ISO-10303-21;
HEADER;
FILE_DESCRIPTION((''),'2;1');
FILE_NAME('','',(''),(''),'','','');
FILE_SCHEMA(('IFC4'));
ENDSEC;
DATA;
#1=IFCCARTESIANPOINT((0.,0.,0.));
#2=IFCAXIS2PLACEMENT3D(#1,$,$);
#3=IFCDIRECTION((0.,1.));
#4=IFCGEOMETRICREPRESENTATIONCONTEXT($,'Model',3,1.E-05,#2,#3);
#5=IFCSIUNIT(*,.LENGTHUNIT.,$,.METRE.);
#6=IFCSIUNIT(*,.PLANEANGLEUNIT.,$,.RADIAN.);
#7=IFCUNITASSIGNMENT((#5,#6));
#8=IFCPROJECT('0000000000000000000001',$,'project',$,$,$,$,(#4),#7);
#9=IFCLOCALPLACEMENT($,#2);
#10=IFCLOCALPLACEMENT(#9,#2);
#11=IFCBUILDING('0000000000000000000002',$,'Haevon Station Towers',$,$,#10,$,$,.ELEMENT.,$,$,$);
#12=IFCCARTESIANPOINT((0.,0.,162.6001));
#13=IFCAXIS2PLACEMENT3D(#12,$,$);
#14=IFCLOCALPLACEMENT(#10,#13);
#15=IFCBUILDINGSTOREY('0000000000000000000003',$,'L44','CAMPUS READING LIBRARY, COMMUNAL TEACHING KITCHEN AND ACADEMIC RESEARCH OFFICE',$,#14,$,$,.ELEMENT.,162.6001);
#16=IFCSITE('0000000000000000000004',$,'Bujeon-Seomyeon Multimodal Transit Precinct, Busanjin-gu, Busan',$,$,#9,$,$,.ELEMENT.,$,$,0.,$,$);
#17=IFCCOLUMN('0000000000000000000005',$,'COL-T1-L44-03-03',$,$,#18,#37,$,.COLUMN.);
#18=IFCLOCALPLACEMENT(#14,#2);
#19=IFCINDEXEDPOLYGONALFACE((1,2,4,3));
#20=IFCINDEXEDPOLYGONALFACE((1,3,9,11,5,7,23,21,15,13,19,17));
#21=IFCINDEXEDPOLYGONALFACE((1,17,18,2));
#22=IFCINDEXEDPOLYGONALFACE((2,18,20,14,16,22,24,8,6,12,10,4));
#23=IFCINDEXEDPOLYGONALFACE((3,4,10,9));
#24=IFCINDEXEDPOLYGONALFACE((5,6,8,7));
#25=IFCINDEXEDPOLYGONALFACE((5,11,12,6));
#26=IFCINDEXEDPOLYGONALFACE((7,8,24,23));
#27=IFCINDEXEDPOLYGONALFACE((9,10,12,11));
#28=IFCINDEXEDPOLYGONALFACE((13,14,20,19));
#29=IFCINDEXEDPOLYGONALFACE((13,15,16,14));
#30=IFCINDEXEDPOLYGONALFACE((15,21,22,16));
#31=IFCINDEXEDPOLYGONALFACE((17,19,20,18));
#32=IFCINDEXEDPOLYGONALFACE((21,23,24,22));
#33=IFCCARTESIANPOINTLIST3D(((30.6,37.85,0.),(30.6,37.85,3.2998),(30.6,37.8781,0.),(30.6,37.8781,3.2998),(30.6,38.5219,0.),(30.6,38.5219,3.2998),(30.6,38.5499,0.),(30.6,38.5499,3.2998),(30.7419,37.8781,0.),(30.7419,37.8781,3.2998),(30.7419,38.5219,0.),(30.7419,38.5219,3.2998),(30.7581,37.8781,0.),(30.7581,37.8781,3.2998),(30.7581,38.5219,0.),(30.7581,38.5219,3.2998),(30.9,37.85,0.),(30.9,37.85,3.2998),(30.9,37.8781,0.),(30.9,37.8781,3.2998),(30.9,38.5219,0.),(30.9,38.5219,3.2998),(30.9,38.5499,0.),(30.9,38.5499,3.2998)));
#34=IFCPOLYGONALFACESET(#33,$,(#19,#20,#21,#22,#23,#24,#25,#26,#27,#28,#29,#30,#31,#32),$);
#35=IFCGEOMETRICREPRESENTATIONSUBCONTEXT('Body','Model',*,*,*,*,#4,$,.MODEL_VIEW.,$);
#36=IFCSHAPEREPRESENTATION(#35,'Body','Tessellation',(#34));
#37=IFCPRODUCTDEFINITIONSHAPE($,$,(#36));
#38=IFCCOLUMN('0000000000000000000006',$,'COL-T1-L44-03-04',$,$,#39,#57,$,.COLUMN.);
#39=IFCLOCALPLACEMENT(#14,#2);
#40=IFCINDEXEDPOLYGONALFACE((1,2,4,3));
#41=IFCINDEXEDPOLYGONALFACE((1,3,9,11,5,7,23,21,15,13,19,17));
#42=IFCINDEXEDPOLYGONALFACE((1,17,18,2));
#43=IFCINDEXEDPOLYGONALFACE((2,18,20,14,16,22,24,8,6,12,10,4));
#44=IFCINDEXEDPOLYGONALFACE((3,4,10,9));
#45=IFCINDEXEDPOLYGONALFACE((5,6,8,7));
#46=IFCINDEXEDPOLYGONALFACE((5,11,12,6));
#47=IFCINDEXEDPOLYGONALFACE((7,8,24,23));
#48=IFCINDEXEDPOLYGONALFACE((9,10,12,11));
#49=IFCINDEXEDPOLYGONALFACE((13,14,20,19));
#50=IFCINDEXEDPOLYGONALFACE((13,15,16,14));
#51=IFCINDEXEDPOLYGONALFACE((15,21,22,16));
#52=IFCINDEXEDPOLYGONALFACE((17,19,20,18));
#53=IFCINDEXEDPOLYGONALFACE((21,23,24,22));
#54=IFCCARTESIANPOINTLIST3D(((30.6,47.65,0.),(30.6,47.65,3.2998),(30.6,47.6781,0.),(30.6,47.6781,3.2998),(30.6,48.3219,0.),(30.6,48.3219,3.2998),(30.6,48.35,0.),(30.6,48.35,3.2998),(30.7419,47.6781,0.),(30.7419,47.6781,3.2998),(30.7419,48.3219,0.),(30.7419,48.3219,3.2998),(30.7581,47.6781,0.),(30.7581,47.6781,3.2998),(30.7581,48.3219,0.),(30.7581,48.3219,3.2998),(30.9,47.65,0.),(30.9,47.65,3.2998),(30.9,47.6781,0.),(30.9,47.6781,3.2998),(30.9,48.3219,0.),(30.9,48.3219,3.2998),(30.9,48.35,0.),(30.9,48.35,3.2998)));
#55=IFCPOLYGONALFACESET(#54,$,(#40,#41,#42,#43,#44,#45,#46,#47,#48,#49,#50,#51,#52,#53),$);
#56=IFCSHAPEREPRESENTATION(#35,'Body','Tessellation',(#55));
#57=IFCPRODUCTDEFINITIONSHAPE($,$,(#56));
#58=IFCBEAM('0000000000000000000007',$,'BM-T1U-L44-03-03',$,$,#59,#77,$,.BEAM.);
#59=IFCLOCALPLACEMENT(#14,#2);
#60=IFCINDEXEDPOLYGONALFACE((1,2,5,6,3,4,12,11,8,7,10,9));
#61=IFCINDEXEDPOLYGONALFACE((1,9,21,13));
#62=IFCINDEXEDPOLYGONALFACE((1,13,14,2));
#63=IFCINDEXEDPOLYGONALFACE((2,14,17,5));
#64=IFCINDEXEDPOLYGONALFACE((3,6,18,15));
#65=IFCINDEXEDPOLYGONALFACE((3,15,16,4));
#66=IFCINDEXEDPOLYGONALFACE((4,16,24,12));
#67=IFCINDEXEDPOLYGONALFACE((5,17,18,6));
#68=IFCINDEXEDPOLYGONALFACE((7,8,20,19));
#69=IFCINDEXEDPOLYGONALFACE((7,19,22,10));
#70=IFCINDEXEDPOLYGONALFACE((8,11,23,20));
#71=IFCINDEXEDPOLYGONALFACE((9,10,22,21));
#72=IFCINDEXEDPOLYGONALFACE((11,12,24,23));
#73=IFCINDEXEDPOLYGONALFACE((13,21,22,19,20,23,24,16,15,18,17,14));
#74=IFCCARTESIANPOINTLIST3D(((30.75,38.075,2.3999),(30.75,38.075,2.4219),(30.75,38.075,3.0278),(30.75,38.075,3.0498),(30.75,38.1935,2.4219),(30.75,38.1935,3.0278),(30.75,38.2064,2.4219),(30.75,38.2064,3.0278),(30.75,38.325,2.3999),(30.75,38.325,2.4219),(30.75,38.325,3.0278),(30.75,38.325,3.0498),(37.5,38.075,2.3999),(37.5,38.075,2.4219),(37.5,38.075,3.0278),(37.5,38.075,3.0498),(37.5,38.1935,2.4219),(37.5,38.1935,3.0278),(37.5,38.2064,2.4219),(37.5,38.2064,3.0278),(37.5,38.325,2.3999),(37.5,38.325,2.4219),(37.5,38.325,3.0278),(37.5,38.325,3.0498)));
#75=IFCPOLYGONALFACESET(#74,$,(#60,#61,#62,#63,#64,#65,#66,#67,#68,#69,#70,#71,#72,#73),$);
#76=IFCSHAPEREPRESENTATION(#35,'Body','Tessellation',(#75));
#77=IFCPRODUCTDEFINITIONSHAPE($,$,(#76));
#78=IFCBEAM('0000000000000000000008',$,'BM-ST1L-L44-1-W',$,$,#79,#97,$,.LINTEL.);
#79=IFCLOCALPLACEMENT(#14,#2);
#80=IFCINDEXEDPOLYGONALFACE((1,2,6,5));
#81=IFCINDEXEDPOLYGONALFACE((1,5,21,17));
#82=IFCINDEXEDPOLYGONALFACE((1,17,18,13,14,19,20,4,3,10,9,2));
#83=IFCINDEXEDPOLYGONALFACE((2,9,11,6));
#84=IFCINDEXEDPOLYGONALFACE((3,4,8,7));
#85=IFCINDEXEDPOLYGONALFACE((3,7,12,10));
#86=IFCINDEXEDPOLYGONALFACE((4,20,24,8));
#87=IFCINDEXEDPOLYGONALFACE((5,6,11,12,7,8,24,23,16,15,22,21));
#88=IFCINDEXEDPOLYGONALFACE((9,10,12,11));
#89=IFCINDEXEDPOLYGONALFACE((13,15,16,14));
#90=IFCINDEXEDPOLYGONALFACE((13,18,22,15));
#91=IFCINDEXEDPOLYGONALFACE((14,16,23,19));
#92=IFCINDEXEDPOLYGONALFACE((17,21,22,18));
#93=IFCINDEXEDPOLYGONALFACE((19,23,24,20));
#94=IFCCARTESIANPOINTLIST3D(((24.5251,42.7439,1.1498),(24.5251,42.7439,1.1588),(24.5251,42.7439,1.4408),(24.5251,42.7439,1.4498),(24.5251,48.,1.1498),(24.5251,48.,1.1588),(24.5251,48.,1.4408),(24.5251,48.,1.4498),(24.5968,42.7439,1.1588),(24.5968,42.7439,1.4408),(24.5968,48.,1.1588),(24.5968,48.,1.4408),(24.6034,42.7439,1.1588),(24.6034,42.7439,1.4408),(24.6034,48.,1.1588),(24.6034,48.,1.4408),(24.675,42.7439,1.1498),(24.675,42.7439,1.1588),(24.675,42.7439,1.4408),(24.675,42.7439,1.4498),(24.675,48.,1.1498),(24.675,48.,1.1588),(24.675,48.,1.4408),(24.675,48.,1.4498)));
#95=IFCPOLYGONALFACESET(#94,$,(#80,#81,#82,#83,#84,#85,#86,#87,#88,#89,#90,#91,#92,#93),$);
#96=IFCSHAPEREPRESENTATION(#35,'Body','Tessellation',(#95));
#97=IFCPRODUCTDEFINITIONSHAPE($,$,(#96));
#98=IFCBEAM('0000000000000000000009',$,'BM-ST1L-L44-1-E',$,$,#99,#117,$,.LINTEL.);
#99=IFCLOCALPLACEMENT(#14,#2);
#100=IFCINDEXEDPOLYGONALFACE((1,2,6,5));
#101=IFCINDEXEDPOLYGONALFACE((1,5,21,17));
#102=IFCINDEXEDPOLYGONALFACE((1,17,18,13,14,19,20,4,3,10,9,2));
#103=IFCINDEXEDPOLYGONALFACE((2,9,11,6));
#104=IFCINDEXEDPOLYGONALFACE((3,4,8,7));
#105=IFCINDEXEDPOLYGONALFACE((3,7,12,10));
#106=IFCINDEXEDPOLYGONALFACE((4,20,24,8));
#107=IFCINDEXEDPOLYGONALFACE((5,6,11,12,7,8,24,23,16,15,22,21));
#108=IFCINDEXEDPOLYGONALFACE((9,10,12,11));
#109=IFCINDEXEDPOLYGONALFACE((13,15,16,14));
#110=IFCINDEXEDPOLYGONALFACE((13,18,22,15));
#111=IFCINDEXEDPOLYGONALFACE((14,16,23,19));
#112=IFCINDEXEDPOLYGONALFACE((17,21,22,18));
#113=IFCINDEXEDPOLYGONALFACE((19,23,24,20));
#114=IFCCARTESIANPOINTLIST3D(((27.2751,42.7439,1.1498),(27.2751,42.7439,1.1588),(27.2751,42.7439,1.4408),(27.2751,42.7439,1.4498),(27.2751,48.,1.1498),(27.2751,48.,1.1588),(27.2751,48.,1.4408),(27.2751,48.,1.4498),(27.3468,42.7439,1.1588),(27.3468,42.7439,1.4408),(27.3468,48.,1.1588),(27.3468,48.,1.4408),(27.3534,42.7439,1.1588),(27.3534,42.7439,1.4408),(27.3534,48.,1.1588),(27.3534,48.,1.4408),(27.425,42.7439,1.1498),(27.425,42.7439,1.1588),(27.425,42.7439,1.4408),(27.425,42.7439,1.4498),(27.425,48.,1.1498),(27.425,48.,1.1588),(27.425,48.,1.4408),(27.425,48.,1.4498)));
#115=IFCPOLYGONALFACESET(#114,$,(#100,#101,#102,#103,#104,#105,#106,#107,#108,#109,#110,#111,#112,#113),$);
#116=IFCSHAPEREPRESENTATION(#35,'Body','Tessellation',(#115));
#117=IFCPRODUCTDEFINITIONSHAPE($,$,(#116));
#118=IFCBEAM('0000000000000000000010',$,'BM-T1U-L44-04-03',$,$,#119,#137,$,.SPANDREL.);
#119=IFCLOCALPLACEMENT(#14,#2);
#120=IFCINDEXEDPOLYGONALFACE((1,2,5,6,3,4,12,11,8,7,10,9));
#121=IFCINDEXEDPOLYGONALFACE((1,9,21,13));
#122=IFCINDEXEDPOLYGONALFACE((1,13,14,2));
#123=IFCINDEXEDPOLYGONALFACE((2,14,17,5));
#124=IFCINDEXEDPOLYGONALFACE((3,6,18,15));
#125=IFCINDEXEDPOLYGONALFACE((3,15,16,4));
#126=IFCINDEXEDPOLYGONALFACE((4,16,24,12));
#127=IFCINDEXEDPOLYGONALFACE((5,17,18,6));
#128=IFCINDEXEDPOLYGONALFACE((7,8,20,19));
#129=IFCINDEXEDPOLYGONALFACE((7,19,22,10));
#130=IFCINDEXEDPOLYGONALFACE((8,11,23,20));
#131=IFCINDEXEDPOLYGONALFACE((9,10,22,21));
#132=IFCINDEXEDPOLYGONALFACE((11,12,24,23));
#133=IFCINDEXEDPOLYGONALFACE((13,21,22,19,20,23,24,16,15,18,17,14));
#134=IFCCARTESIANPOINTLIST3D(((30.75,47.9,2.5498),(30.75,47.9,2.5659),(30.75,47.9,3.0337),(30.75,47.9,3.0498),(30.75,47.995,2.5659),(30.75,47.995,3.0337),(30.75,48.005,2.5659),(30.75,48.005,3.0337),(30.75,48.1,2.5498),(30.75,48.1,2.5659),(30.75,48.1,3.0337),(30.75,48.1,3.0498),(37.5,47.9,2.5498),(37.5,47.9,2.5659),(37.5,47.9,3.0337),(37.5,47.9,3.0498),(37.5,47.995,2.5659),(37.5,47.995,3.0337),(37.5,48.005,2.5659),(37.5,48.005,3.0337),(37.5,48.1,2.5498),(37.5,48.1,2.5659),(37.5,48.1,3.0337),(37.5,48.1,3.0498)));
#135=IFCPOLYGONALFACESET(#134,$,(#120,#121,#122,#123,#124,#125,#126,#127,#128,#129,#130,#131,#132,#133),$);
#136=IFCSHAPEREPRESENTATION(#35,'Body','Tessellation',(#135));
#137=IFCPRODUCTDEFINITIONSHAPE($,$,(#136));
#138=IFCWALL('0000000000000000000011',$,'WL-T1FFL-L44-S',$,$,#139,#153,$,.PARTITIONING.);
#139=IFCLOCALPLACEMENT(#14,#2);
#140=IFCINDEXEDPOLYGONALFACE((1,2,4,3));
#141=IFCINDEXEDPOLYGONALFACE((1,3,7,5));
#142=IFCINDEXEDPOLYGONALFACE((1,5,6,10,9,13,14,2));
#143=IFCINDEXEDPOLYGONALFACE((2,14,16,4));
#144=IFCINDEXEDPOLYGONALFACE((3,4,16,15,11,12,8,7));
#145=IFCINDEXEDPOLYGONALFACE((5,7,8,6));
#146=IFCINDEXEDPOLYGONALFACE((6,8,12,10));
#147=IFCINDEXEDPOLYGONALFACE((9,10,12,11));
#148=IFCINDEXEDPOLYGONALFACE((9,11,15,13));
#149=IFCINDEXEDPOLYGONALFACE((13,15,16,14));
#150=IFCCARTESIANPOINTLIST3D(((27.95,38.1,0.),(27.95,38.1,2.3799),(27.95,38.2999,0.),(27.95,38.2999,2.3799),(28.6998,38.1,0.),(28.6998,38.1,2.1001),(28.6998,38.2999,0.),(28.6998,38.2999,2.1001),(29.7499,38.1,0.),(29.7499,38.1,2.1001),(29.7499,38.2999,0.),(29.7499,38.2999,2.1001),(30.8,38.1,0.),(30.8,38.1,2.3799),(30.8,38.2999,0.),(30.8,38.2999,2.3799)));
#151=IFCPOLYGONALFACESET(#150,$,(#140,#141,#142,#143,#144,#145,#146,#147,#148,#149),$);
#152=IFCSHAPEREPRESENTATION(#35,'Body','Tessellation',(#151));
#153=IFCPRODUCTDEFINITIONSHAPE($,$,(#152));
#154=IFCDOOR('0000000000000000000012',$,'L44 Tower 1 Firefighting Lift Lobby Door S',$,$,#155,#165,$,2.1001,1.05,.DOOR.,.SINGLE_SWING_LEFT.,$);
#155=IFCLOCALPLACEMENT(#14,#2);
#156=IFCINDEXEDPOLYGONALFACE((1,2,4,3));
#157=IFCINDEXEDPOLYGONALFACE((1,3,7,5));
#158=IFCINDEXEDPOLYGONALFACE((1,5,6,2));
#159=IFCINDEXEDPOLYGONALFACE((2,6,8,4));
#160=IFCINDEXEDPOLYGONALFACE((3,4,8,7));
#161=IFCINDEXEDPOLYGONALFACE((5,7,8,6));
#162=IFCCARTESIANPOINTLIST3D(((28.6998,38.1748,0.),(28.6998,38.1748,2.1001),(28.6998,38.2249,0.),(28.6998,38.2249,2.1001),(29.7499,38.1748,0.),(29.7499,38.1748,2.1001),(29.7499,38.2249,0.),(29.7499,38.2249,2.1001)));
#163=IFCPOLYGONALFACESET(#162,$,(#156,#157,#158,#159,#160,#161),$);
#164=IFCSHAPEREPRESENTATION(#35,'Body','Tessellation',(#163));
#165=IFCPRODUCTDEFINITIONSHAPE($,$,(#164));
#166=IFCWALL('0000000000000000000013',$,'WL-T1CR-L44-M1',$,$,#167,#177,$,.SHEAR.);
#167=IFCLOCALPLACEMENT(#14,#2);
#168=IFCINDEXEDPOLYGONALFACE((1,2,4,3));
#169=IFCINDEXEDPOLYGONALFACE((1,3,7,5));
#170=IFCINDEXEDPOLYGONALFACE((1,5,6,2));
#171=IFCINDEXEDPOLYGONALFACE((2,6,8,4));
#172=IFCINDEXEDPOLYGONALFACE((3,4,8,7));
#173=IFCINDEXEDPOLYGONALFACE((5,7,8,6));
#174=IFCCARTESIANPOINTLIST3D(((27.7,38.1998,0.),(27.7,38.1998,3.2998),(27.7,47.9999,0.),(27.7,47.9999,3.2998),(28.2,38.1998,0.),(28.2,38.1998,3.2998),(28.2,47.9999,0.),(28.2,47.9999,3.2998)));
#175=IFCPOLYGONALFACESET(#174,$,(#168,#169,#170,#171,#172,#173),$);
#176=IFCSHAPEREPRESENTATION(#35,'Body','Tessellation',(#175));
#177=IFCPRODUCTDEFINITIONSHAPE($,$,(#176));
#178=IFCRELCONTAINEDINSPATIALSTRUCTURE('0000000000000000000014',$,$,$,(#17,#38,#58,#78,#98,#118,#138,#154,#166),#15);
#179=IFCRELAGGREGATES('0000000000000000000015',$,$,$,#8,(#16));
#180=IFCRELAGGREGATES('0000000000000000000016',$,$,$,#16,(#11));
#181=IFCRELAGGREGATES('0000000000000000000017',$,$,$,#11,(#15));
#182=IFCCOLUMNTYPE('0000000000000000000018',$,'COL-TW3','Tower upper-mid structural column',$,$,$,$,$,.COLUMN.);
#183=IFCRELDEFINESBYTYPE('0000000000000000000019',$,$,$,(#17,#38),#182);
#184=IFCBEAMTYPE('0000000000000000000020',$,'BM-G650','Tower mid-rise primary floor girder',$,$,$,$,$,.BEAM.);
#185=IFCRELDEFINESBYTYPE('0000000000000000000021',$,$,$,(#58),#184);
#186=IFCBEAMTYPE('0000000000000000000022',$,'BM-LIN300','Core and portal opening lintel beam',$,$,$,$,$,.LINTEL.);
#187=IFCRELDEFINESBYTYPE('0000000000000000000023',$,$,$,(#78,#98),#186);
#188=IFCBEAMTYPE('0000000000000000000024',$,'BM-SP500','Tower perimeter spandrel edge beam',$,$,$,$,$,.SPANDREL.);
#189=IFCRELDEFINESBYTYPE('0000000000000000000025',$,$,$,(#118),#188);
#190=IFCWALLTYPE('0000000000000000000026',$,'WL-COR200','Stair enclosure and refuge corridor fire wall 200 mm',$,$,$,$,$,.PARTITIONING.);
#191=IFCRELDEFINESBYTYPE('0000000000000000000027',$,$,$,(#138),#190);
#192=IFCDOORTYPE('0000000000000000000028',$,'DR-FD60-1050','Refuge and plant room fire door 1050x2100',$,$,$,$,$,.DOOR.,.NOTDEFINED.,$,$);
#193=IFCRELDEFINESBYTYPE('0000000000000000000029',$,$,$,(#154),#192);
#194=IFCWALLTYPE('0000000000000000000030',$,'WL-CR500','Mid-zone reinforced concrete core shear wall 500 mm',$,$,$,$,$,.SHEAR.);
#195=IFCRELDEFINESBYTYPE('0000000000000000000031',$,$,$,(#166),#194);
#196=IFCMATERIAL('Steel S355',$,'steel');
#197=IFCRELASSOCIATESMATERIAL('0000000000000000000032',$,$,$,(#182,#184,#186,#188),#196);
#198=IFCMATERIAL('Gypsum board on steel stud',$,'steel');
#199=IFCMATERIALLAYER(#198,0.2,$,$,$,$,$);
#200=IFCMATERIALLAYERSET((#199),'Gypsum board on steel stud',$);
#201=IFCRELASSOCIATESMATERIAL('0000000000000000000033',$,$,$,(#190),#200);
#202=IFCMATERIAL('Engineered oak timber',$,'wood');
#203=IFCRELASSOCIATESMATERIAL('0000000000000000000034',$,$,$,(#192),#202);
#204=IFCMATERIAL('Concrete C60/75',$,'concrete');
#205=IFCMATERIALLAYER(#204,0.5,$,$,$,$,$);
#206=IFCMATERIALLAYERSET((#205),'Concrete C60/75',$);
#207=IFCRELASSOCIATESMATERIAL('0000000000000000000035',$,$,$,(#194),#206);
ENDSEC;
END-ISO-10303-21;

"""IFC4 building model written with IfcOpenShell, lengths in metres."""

from ifc_helpers import new_model, si_unit, direction, frame, frame_2d, origin, origin_2d, place, context, subcontext, project, spatial, rectangle, i_section, extrude, material, layer, layer_set, material_profile, profile_set, type_object, element, fill, save


model = new_model("IFC4")

# Units and contexts
model_context = context("Model", 3, precision=1e-05, world=origin(), true_north=direction((0.0, 1.0)))
body_context = subcontext(model_context, "Body", "Model", "MODEL_VIEW")
ifc_project = project(units=[si_unit("LENGTHUNIT", "METRE"), si_unit("PLANEANGLEUNIT", "RADIAN")], contexts=[model_context])

# Site, building, storey
site_placement = place(None, origin())
site = spatial("IfcSite", under=ifc_project, at=site_placement, Name="Bujeon-Seomyeon Multimodal Transit Precinct, Busanjin-gu, Busan", CompositionType="ELEMENT", RefElevation=0.0)
building_placement = place(site_placement, origin())
building = spatial("IfcBuilding", under=site, at=building_placement, Name="Haevon Station Towers", CompositionType="ELEMENT")
storey_placement = place(building_placement, frame((0.0, 0.0, 162.6001)))
storey = spatial("IfcBuildingStorey", under=building, at=storey_placement, Name="L44", Description="CAMPUS READING LIBRARY, COMMUNAL TEACHING KITCHEN AND ACADEMIC RESEARCH OFFICE", CompositionType="ELEMENT", Elevation=162.6001)

# Columns
ifc_material_1 = material(Name="Steel S355", Category="steel")
ifc_material_profile_1 = material_profile(ifc_material_1, i_section(OverallWidth=0.3, OverallDepth=0.7, WebThickness=0.0161, FlangeThickness=0.0281, at=origin_2d()), Name="H-700x300x16x28")
ifc_profile_set_1 = profile_set([ifc_material_profile_1], Name="Steel S355")
column_type = type_object("IfcColumnType", Name="COL-TW3", Description="Tower upper-mid structural column", PredefinedType="COLUMN", material=ifc_profile_set_1)
for number, where, z_axis, x_axis, name in (
    (1, (30.75, 38.2, 0.0), (0.0, 0.0, 1.0), (1.0, 0.0, 0.0), "COL-T1-L44-03-03"),
    (2, (30.75, 48.0, 0.0), (0.0, 0.0, 1.0), (1.0, 0.0, 0.0), "COL-T1-L44-03-04"),
):
    element("IfcColumn", number, at=place(storey_placement, frame(where, z_axis=z_axis, x_axis=x_axis)), inside=storey, type_object=column_type, Name=name, PredefinedType="COLUMN", context=body_context, shape_type="SweptSolid", body=[
        extrude(i_section(OverallWidth=0.3, OverallDepth=0.7, WebThickness=0.0161, FlangeThickness=0.0281, at=origin_2d()), origin(), (0.0, 0.0, 1.0), 3.2998),
    ])

# Beams
ifc_material_profile_2 = material_profile(ifc_material_1, i_section(OverallWidth=0.25, OverallDepth=0.6499, WebThickness=0.0129, FlangeThickness=0.022, at=origin_2d()), Name="H-650x250x13x22")
ifc_profile_set_2 = profile_set([ifc_material_profile_2], Name="Steel S355")
beam_type_1 = type_object("IfcBeamType", Name="BM-G650", Description="Tower mid-rise primary floor girder", PredefinedType="BEAM", material=ifc_profile_set_2)
beam_1_placement = place(storey_placement, frame((30.75, 38.2, 2.7249), z_axis=(1.0, 0.0, 0.0), x_axis=(0.0, 1.0, 0.0)))
element("IfcBeam", 3, at=beam_1_placement, inside=storey, type_object=beam_type_1, Name="BM-T1U-L44-03-03", PredefinedType="BEAM", context=body_context, shape_type="SweptSolid", body=[
    extrude(i_section(OverallWidth=0.25, OverallDepth=0.6499, WebThickness=0.0129, FlangeThickness=0.022, at=origin_2d()), origin(), (0.0, 0.0, 1.0), 6.75),
])
ifc_material_profile_3 = material_profile(ifc_material_1, i_section(OverallWidth=0.1499, OverallDepth=0.3, WebThickness=0.0066, FlangeThickness=0.009, at=origin_2d()), Name="H-300x150x6.5x9")
ifc_profile_set_3 = profile_set([ifc_material_profile_3], Name="Steel S355")
beam_type_2 = type_object("IfcBeamType", Name="BM-LIN300", Description="Core and portal opening lintel beam", PredefinedType="LINTEL", material=ifc_profile_set_3)
for number, where, z_axis, x_axis, name in (
    (4, (24.6001, 42.7439, 1.2998), (0.0, 1.0, 0.0), (-1.0, 0.0, 0.0), "BM-ST1L-L44-1-W"),
    (5, (27.3501, 42.7439, 1.2998), (0.0, 1.0, 0.0), (-1.0, 0.0, 0.0), "BM-ST1L-L44-1-E"),
):
    element("IfcBeam", number, at=place(storey_placement, frame(where, z_axis=z_axis, x_axis=x_axis)), inside=storey, type_object=beam_type_2, Name=name, PredefinedType="LINTEL", context=body_context, shape_type="SweptSolid", body=[
        extrude(i_section(OverallWidth=0.1499, OverallDepth=0.3, WebThickness=0.0066, FlangeThickness=0.009, at=origin_2d()), origin(), (0.0, 0.0, 1.0), 5.2561),
    ])
ifc_material_profile_4 = material_profile(ifc_material_1, i_section(OverallWidth=0.2, OverallDepth=0.5, WebThickness=0.01, FlangeThickness=0.0161, at=origin_2d()), Name="H-500x200x10x16")
ifc_profile_set_4 = profile_set([ifc_material_profile_4], Name="Steel S355")
beam_type_3 = type_object("IfcBeamType", Name="BM-SP500", Description="Tower perimeter spandrel edge beam", PredefinedType="SPANDREL", material=ifc_profile_set_4)
beam_2_placement = place(storey_placement, frame((30.75, 48.0, 2.7998), z_axis=(1.0, 0.0, 0.0), x_axis=(0.0, 1.0, 0.0)))
element("IfcBeam", 6, at=beam_2_placement, inside=storey, type_object=beam_type_3, Name="BM-T1U-L44-04-03", PredefinedType="SPANDREL", context=body_context, shape_type="SweptSolid", body=[
    extrude(i_section(OverallWidth=0.2, OverallDepth=0.5, WebThickness=0.01, FlangeThickness=0.0161, at=origin_2d()), origin(), (0.0, 0.0, 1.0), 6.75),
])

# Wall, opening, door
ifc_material_2 = material(Name="Gypsum board on steel stud", Category="steel")
ifc_layer_1 = layer(ifc_material_2, 0.2)
ifc_layer_set_1 = layer_set([ifc_layer_1], Name="Gypsum board on steel stud")
wall_type_1 = type_object("IfcWallType", Name="WL-COR200", Description="Stair enclosure and refuge corridor fire wall 200 mm", PredefinedType="PARTITIONING", material=ifc_layer_set_1)
wall_1_placement = place(storey_placement, frame((27.95, 38.2, 0.0), z_axis=(0.0, 0.0, 1.0), x_axis=(1.0, 0.0, 0.0)))
wall_1 = element("IfcWall", 7, at=wall_1_placement, inside=storey, type_object=wall_type_1, Name="WL-T1FFL-L44-S", PredefinedType="PARTITIONING", context=body_context, shape_type="SweptSolid", body=[
    extrude(rectangle(XDim=2.8501, YDim=0.2, at=frame_2d((1.425, 0.0))), origin(), (0.0, 0.0, 1.0), 2.3799),
])
opening_1_placement = place(wall_1_placement, frame((0.75, 0.0, 0.0)))
opening_1 = element("IfcOpeningElement", 8, at=opening_1_placement, cuts=wall_1, PredefinedType="OPENING", context=body_context, shape_type="SweptSolid", body=[
    extrude(rectangle(XDim=1.05, YDim=2.1001, at=frame_2d((0.5249, 1.05))), frame((0.0, 0.1099, 0.0), z_axis=(0.0, -1.0, 0.0), x_axis=(1.0, 0.0, 0.0)), (0.0, 0.0, 1.0), 0.22),
])
ifc_material_3 = material(Name="Engineered oak timber", Category="wood")
door_type_1 = type_object("IfcDoorType", Name="DR-FD60-1050", Description="Refuge and plant room fire door 1050x2100", OperationType="NOTDEFINED", PredefinedType="DOOR", material=ifc_material_3)
door_1_placement = place(opening_1_placement, origin())
door_1 = element("IfcDoor", 9, at=door_1_placement, inside=storey, type_object=door_type_1, Name="L44 Tower 1 Firefighting Lift Lobby Door S", OperationType="SINGLE_SWING_LEFT", OverallHeight=2.1001, OverallWidth=1.05, PredefinedType="DOOR", context=body_context, shape_type="SweptSolid", body=[
    extrude(rectangle(XDim=1.05, YDim=2.1001, at=frame_2d((0.5249, 1.05))), frame((0.0, 0.0249, 0.0), z_axis=(0.0, -1.0, 0.0), x_axis=(1.0, 0.0, 0.0)), (0.0, 0.0, 1.0), 0.05),
])
fill(opening_1, door_1)

# Wall
ifc_material_4 = material(Name="Concrete C60/75", Category="concrete")
ifc_layer_2 = layer(ifc_material_4, 0.5)
ifc_layer_set_2 = layer_set([ifc_layer_2], Name="Concrete C60/75")
wall_type_2 = type_object("IfcWallType", Name="WL-CR500", Description="Mid-zone reinforced concrete core shear wall 500 mm", PredefinedType="SHEAR", material=ifc_layer_set_2)
wall_2_placement = place(storey_placement, frame((27.95, 38.2, 0.0), z_axis=(0.0, 0.0, 1.0), x_axis=(0.0, 1.0, 0.0)))
element("IfcWall", 10, at=wall_2_placement, inside=storey, type_object=wall_type_2, Name="WL-T1CR-L44-M1", PredefinedType="SHEAR", context=body_context, shape_type="SweptSolid", body=[
    extrude(rectangle(XDim=9.8, YDim=0.5, at=frame_2d((4.8999, 0.0))), origin(), (0.0, 0.0, 1.0), 3.2998),
])

save(model, "model.ifc")
